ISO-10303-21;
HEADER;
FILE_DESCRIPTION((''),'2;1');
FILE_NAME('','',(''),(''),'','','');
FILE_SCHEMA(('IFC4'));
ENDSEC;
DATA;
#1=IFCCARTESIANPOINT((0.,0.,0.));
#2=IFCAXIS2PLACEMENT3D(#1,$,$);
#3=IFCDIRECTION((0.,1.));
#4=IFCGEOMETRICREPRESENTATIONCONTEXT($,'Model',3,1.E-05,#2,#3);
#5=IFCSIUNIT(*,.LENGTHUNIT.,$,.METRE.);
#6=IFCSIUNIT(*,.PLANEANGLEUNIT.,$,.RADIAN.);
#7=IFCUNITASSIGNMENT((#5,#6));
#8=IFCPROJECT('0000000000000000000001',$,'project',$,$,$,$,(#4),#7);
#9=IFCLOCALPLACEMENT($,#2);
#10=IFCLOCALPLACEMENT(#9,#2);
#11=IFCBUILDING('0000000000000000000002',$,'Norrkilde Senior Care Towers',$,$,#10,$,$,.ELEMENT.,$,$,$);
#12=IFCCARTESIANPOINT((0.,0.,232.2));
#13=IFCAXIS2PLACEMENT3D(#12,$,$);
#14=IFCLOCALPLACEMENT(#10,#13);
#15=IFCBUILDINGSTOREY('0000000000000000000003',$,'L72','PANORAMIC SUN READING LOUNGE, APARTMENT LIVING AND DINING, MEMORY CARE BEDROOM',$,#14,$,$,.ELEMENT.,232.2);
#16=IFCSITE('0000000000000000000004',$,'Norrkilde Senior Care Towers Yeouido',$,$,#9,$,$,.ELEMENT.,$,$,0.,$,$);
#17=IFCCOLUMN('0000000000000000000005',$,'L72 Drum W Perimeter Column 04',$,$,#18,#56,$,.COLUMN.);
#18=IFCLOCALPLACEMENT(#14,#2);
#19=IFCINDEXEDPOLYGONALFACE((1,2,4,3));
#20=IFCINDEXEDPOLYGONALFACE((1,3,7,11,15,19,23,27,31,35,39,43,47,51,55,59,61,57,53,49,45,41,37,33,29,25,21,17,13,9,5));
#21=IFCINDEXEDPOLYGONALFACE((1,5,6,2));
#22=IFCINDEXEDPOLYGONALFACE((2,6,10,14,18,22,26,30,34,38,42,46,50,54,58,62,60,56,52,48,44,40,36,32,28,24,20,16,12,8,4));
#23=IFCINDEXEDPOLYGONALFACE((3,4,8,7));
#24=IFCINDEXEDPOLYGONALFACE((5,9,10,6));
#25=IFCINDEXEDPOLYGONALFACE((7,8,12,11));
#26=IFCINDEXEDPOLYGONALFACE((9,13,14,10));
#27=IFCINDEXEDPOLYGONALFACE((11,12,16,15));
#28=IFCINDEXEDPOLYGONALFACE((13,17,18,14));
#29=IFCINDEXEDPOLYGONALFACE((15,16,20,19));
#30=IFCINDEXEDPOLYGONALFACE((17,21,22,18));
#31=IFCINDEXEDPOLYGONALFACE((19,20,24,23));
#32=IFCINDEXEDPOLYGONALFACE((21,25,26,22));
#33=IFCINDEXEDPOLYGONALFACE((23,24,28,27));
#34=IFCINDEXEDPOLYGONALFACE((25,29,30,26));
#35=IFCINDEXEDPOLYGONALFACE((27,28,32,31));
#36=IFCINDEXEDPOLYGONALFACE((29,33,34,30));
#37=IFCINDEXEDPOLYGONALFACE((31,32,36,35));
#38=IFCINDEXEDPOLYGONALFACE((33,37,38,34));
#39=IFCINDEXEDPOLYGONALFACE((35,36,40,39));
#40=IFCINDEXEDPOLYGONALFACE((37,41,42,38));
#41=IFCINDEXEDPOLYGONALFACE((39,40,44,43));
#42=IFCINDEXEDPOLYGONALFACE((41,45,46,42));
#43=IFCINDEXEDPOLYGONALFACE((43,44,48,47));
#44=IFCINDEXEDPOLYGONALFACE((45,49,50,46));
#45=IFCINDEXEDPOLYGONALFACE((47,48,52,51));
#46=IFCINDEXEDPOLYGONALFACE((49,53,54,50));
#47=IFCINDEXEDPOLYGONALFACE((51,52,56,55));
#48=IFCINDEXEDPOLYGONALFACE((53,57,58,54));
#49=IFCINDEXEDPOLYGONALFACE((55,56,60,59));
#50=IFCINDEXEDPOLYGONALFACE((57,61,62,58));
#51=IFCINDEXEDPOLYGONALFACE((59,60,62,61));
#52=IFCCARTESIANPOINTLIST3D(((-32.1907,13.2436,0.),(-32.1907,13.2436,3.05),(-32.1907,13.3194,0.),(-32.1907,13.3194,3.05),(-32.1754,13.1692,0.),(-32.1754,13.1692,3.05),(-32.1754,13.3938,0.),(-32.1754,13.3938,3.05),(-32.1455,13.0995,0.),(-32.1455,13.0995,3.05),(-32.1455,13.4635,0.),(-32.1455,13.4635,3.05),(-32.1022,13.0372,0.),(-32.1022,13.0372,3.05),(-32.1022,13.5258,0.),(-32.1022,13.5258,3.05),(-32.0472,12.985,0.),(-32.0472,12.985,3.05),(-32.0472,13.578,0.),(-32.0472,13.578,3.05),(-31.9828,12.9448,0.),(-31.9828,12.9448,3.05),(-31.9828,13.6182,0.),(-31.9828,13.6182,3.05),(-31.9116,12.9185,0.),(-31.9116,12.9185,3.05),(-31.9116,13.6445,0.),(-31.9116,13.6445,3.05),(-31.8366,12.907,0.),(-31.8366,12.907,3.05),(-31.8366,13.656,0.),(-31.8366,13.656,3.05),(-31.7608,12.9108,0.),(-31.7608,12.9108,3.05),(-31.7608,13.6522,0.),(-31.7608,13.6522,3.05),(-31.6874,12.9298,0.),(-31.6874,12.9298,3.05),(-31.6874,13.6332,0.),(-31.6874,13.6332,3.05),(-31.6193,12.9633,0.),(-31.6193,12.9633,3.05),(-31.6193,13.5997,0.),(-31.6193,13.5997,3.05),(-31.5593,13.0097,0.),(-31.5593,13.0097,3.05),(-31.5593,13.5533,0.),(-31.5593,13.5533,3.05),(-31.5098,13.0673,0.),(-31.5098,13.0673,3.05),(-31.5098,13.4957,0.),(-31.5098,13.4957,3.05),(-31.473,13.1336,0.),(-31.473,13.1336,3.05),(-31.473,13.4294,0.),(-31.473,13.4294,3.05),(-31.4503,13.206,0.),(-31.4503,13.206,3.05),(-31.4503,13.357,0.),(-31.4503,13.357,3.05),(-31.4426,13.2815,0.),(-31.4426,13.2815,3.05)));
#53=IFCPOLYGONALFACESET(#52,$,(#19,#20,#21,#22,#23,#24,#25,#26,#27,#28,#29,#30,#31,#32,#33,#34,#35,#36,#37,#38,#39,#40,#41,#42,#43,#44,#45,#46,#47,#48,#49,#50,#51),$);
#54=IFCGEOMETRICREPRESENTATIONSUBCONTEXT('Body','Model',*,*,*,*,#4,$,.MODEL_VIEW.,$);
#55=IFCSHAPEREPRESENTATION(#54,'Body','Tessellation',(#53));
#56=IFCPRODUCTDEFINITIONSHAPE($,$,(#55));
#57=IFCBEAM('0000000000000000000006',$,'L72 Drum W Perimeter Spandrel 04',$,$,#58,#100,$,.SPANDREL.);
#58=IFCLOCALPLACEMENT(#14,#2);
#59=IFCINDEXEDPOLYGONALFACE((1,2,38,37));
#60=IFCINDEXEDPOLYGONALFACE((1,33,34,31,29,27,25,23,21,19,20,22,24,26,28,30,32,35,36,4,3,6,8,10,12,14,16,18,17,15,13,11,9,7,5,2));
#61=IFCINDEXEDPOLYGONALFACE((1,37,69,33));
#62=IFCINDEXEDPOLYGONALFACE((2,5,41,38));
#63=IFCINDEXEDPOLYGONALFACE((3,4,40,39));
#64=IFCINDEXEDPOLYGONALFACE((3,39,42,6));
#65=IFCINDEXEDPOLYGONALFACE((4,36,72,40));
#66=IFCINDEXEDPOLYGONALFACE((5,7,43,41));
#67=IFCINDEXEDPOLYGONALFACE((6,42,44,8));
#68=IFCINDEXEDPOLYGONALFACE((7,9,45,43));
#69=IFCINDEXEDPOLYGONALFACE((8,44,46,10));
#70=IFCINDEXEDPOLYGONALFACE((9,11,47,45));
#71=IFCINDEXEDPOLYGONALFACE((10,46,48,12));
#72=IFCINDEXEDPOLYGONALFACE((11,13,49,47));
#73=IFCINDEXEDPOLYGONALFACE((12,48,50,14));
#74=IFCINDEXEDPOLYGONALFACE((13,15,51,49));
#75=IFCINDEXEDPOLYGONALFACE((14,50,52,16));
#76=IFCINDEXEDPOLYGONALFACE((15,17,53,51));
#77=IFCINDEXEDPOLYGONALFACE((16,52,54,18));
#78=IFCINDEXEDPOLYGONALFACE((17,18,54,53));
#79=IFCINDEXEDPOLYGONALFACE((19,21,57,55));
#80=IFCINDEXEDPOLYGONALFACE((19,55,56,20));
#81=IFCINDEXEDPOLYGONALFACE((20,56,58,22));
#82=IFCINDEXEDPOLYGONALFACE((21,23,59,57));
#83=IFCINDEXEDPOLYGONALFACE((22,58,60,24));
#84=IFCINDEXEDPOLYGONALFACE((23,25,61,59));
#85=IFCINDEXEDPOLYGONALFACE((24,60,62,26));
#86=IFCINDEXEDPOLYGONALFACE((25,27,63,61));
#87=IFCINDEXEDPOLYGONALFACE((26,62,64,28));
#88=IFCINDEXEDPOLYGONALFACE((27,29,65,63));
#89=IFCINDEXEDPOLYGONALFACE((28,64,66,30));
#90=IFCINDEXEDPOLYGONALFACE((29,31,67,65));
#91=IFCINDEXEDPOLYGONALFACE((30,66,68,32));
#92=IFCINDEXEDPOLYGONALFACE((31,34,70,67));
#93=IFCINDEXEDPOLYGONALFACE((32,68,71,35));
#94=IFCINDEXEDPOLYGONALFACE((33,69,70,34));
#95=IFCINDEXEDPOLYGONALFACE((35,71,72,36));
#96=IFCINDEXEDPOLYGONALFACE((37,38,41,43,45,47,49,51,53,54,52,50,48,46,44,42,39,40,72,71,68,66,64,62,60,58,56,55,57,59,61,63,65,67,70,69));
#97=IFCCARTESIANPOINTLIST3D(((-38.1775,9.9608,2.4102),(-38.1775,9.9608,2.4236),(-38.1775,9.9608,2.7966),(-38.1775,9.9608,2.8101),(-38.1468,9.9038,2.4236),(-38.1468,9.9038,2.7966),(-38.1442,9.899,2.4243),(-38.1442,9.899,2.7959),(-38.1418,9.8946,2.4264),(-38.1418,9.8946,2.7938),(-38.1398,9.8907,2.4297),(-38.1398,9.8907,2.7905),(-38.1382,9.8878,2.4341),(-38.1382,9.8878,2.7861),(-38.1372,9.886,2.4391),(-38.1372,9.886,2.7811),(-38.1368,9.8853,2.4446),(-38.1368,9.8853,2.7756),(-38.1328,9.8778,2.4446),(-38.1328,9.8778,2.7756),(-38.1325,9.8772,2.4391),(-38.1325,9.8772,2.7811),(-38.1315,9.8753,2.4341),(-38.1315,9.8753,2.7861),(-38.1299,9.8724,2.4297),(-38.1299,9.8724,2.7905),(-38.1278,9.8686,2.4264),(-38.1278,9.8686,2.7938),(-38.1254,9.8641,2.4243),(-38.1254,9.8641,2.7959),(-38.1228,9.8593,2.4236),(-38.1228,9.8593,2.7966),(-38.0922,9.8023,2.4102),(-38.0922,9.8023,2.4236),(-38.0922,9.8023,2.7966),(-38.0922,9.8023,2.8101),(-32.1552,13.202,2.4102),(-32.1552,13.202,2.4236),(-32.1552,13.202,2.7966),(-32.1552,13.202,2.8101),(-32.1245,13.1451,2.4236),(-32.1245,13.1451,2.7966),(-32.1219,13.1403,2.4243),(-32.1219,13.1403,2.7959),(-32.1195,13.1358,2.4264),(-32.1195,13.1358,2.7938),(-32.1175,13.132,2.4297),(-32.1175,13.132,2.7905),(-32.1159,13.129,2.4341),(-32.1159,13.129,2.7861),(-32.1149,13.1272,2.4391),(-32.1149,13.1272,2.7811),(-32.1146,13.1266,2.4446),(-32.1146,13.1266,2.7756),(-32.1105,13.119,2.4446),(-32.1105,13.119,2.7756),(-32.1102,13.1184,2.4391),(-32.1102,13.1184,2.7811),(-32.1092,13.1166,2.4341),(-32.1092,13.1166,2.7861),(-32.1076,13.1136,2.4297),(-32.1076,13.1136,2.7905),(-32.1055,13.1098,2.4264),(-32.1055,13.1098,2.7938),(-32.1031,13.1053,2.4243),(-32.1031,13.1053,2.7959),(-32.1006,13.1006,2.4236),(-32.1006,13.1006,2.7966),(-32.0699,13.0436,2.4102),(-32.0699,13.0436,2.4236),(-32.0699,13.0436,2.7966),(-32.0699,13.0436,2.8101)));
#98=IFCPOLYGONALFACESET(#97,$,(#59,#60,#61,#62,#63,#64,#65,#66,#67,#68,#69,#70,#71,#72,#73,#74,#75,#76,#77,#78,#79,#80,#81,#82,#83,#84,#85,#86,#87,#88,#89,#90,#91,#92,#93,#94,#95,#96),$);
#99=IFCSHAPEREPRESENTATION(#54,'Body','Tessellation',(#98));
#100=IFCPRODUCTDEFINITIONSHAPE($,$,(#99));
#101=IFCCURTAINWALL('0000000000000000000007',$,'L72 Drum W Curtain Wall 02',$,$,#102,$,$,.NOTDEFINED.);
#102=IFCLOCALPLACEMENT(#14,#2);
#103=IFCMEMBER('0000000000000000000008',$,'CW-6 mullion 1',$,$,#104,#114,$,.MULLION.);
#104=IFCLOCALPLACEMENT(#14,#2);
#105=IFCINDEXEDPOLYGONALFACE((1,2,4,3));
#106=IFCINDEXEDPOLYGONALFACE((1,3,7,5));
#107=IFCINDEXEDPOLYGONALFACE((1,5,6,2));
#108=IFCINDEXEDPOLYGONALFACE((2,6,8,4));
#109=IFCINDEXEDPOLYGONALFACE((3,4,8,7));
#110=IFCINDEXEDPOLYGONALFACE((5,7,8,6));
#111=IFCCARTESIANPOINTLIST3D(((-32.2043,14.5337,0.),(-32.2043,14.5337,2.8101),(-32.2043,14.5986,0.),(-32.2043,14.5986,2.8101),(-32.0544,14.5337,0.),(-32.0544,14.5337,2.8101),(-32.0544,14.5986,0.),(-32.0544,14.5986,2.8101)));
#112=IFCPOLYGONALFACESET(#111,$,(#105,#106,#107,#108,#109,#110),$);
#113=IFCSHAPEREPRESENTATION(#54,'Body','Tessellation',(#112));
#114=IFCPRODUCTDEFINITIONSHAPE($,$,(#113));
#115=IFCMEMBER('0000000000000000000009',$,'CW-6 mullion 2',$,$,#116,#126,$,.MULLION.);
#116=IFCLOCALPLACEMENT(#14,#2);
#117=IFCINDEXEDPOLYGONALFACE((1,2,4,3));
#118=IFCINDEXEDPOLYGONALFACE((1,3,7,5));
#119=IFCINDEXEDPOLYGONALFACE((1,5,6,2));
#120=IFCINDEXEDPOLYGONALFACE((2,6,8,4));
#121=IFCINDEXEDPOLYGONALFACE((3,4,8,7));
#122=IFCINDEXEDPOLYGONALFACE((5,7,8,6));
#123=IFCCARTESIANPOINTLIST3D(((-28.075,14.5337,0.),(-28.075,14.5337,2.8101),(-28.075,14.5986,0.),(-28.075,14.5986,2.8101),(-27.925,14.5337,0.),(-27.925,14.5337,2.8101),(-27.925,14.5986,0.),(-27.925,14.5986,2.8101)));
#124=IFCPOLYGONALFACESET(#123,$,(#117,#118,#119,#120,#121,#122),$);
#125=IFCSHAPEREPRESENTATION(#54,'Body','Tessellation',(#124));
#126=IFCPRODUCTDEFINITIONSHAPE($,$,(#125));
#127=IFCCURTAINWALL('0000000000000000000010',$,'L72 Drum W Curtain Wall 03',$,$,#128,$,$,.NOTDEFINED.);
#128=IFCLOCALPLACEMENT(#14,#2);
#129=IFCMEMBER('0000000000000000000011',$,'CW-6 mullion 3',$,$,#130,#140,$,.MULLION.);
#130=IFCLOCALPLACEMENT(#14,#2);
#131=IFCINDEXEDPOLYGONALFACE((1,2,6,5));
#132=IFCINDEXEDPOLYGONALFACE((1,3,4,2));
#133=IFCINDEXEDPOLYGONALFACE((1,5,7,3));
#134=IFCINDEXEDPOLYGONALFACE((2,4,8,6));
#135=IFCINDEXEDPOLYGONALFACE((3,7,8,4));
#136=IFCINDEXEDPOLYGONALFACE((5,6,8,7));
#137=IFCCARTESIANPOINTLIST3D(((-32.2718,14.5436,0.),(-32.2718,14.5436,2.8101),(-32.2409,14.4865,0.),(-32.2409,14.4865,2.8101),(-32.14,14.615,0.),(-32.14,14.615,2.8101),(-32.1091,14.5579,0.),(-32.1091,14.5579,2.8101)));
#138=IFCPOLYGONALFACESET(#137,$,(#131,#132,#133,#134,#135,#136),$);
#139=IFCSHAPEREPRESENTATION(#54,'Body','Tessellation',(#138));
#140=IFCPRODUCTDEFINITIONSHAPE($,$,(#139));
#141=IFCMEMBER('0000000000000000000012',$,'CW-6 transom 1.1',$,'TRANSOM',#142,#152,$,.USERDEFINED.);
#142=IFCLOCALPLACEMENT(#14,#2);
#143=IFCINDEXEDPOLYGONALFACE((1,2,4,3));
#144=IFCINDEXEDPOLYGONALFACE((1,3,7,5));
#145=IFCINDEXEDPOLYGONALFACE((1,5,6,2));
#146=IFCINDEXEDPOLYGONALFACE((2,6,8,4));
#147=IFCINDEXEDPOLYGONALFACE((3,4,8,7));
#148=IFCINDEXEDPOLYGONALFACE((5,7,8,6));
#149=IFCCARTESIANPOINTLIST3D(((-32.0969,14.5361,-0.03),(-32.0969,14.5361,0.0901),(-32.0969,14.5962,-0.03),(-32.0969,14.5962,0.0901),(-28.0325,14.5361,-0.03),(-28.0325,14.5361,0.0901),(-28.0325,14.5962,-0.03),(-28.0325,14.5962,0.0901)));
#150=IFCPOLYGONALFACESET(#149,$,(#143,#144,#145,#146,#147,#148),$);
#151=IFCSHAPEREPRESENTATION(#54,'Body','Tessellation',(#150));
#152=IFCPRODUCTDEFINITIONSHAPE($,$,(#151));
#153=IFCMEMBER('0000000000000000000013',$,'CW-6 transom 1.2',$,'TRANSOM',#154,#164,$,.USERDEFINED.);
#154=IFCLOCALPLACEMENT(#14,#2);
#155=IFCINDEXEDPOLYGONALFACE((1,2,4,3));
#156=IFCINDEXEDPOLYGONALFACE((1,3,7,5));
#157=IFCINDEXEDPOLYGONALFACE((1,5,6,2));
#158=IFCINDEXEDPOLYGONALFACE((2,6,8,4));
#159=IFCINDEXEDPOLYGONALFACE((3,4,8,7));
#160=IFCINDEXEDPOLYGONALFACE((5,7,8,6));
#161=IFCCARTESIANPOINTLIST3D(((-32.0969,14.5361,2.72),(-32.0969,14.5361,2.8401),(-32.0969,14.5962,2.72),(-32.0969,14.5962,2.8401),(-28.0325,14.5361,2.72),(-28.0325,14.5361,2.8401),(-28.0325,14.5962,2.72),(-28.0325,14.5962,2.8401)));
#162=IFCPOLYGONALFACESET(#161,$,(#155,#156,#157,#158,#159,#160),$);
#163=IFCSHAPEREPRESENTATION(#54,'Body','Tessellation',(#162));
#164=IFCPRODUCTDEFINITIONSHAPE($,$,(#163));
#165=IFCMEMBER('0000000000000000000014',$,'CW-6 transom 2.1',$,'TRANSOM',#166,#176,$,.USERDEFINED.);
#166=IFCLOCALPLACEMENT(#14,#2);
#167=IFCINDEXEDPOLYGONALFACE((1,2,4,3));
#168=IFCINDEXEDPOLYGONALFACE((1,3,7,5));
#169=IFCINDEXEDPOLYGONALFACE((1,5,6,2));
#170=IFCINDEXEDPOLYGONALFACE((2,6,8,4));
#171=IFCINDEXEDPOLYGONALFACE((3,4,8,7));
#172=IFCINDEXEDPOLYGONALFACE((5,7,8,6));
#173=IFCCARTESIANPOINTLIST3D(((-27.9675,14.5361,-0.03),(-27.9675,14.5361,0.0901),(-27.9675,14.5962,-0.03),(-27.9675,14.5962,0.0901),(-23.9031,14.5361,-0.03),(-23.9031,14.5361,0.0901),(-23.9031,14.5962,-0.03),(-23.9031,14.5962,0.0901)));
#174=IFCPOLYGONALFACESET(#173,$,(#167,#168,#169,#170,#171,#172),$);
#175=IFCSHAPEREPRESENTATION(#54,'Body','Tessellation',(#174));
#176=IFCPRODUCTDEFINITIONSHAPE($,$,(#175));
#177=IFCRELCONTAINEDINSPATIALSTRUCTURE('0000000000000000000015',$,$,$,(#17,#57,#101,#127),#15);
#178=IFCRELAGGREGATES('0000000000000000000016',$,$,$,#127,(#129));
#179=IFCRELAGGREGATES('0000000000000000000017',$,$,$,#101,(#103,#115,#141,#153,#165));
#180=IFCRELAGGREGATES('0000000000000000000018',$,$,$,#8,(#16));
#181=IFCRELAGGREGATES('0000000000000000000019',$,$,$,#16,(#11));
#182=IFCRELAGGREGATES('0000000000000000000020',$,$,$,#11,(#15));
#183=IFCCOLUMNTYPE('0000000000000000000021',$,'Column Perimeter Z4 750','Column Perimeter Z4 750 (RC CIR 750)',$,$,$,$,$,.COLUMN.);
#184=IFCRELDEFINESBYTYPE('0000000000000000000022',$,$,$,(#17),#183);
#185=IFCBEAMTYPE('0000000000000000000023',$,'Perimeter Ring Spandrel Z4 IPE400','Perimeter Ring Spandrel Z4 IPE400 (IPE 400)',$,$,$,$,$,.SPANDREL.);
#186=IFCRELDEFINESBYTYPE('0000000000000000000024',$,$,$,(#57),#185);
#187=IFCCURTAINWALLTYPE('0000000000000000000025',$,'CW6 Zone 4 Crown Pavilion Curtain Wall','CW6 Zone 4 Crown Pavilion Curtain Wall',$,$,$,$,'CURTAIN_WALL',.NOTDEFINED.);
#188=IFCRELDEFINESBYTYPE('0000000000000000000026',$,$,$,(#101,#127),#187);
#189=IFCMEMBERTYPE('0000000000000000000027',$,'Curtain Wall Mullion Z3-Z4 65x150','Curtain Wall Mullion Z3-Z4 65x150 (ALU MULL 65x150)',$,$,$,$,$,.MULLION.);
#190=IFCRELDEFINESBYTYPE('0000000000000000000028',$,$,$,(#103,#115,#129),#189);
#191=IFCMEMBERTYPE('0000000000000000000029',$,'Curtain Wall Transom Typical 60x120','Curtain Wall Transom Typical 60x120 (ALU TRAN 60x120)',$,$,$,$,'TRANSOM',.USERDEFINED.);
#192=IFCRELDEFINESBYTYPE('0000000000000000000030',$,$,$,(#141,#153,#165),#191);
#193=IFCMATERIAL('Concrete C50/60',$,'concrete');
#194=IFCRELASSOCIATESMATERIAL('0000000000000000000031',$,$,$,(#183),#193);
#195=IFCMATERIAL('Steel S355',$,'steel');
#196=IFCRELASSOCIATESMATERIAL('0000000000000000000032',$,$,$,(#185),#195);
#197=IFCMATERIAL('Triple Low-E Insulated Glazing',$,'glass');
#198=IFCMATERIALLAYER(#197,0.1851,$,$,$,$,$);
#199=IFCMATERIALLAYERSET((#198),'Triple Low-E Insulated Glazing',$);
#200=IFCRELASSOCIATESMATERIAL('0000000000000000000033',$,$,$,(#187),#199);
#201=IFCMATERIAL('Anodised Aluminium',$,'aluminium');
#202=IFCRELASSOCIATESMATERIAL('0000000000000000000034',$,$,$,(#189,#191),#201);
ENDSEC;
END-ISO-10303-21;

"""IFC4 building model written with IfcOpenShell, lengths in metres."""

from ifc_helpers import new_model, si_unit, direction, frame, origin, origin_2d, place, context, subcontext, project, spatial, rectangle, circle, i_section, extrude, source, transform, mapped, material, layer, layer_set, material_profile, profile_set, type_object, type_shapes, element, aggregate, save


model = new_model("IFC4")

# Units and contexts
model_context = context("Model", 3, precision=1e-05, world=origin(), true_north=direction((0.0, 1.0)))
body_context = subcontext(model_context, "Body", "Model", "MODEL_VIEW")
ifc_project = project(units=[si_unit("LENGTHUNIT", "METRE"), si_unit("PLANEANGLEUNIT", "RADIAN")], contexts=[model_context])

# Site, building, storey
site_placement = place(None, origin())
site = spatial("IfcSite", under=ifc_project, at=site_placement, Name="Norrkilde Senior Care Towers Yeouido", CompositionType="ELEMENT", RefElevation=0.0)
building_placement = place(site_placement, origin())
building = spatial("IfcBuilding", under=site, at=building_placement, Name="Norrkilde Senior Care Towers", CompositionType="ELEMENT")
storey_placement = place(building_placement, frame((0.0, 0.0, 232.2)))
storey = spatial("IfcBuildingStorey", under=building, at=storey_placement, Name="L72", Description="PANORAMIC SUN READING LOUNGE, APARTMENT LIVING AND DINING, MEMORY CARE BEDROOM", CompositionType="ELEMENT", Elevation=232.2)

# Column
ifc_material_1 = material(Name="Concrete C50/60", Category="concrete")
ifc_material_profile_1 = material_profile(ifc_material_1, circle(Radius=0.375, at=origin_2d()), Name="RC CIR 750")
ifc_profile_set_1 = profile_set([ifc_material_profile_1], Name="Concrete C50/60")
column_type = type_object("IfcColumnType", Name="Column Perimeter Z4 750", Description="Column Perimeter Z4 750 (RC CIR 750)", PredefinedType="COLUMN", material=ifc_profile_set_1)
shared_shape_1 = source(origin(), body_context, "Body", "SweptSolid", [
    extrude(circle(Radius=0.375, at=origin_2d()), origin(), (0.0, 0.0, 1.0), 3.05),
])
type_shapes(column_type, [shared_shape_1])
column_placement = place(storey_placement, frame((-31.8176, 13.2815, 0.0), z_axis=(0.0, 0.0, 1.0), x_axis=(1.0, 0.0, 0.0)))
element("IfcColumn", 1, at=column_placement, inside=storey, type_object=column_type, Name="L72 Drum W Perimeter Column 04", PredefinedType="COLUMN", context=body_context, shape_type="MappedRepresentation", body=[
    mapped(shared_shape_1, transform((0.0, 0.0, 0.0), x_axis=(1.0, 0.0, 0.0), y_axis=(0.0, 1.0, 0.0), z_axis=(0.0, 0.0, 1.0), scale=1.0)),
])

# Beam
ifc_material_2 = material(Name="Steel S355", Category="steel")
ifc_material_profile_2 = material_profile(ifc_material_2, i_section(OverallWidth=0.1799, OverallDepth=0.3999, WebThickness=0.0085, FlangeThickness=0.0134, FilletRadius=0.021, at=origin_2d()), Name="IPE 400")
ifc_profile_set_2 = profile_set([ifc_material_profile_2], Name="Steel S355")
beam_type = type_object("IfcBeamType", Name="Perimeter Ring Spandrel Z4 IPE400", Description="Perimeter Ring Spandrel Z4 IPE400 (IPE 400)", PredefinedType="SPANDREL", material=ifc_profile_set_2)
shared_shape_2 = source(origin(), body_context, "Body", "SweptSolid", [
    extrude(i_section(OverallWidth=0.1799, OverallDepth=0.3999, WebThickness=0.0085, FlangeThickness=0.0134, FilletRadius=0.021, at=origin_2d()), origin(), (0.0, 0.0, 1.0), 6.8391),
])
type_shapes(beam_type, [shared_shape_2])
beam_placement = place(storey_placement, frame((-32.1125, 13.1228, 2.6101), z_axis=(-0.880564, -0.473927, 0.0), x_axis=(0.473927, -0.880564, 0.0)))
element("IfcBeam", 2, at=beam_placement, inside=storey, type_object=beam_type, Name="L72 Drum W Perimeter Spandrel 04", PredefinedType="SPANDREL", context=body_context, shape_type="MappedRepresentation", body=[
    mapped(shared_shape_2, transform((0.0, 0.0, 0.0), x_axis=(1.0, 0.0, 0.0), y_axis=(0.0, 1.0, 0.0), z_axis=(0.0, 0.0, 1.0), scale=1.0)),
])

# Curtain wall, members
ifc_material_3 = material(Name="Triple Low-E Insulated Glazing", Category="glass")
ifc_layer_1 = layer(ifc_material_3, 0.1851)
ifc_layer_set_1 = layer_set([ifc_layer_1], Name="Triple Low-E Insulated Glazing")
curtain_wall_type = type_object("IfcCurtainWallType", Name="CW6 Zone 4 Crown Pavilion Curtain Wall", Description="CW6 Zone 4 Crown Pavilion Curtain Wall", ElementType="CURTAIN_WALL", PredefinedType="NOTDEFINED", material=ifc_layer_set_1)
curtain_wall_1_placement = place(storey_placement, origin())
curtain_wall_1 = element("IfcCurtainWall", 3, at=curtain_wall_1_placement, inside=storey, type_object=curtain_wall_type, Name="L72 Drum W Curtain Wall 02", PredefinedType="NOTDEFINED")
ifc_material_4 = material(Name="Anodised Aluminium", Category="aluminium")
ifc_material_profile_3 = material_profile(ifc_material_4, rectangle(XDim=0.0649, YDim=0.1499, at=origin_2d()), Name="ALU MULL 65x150")
ifc_profile_set_3 = profile_set([ifc_material_profile_3], Name="Anodised Aluminium")
member_type_1 = type_object("IfcMemberType", Name="Curtain Wall Mullion Z3-Z4 65x150", Description="Curtain Wall Mullion Z3-Z4 65x150 (ALU MULL 65x150)", PredefinedType="MULLION", material=ifc_profile_set_3)
shared_shape_3 = source(origin(), body_context, "Body", "SweptSolid", [
    extrude(rectangle(XDim=0.0649, YDim=0.1499, at=origin_2d()), origin(), (0.0, 0.0, 1.0), 2.8101),
])
type_shapes(member_type_1, [shared_shape_3])
member_1_placement = place(storey_placement, frame((-32.1294, 14.5662, 0.0), z_axis=(0.0, 0.0, 1.0), x_axis=(0.0, 1.0, 0.0)))
member_1 = element("IfcMember", 4, at=member_1_placement, type_object=member_type_1, Name="CW-6 mullion 1", PredefinedType="MULLION", context=body_context, shape_type="MappedRepresentation", body=[
    mapped(shared_shape_3, transform((0.0, 0.0, 0.0), x_axis=(1.0, 0.0, 0.0), y_axis=(0.0, 1.0, 0.0), z_axis=(0.0, 0.0, 1.0), scale=1.0)),
])
member_2_placement = place(storey_placement, frame((-28.0, 14.5662, 0.0), z_axis=(0.0, 0.0, 1.0), x_axis=(0.0, 1.0, 0.0)))
member_2 = element("IfcMember", 5, at=member_2_placement, type_object=member_type_1, Name="CW-6 mullion 2", PredefinedType="MULLION", context=body_context, shape_type="MappedRepresentation", body=[
    mapped(shared_shape_3, transform((0.0, 0.0, 0.0), x_axis=(1.0, 0.0, 0.0), y_axis=(0.0, 1.0, 0.0), z_axis=(0.0, 0.0, 1.0), scale=1.0)),
])

# Curtain wall, member
curtain_wall_2_placement = place(storey_placement, origin())
curtain_wall_2 = element("IfcCurtainWall", 6, at=curtain_wall_2_placement, inside=storey, type_object=curtain_wall_type, Name="L72 Drum W Curtain Wall 03", PredefinedType="NOTDEFINED")
member_3_placement = place(storey_placement, frame((-32.1904, 14.5508, 0.0), z_axis=(0.0, 0.0, 1.0), x_axis=(-0.476133, 0.879373, 0.0)))
member_3 = element("IfcMember", 7, at=member_3_placement, type_object=member_type_1, Name="CW-6 mullion 3", PredefinedType="MULLION", context=body_context, shape_type="MappedRepresentation", body=[
    mapped(shared_shape_3, transform((0.0, 0.0, 0.0), x_axis=(1.0, 0.0, 0.0), y_axis=(0.0, 1.0, 0.0), z_axis=(0.0, 0.0, 1.0), scale=1.0)),
])

# Members
ifc_material_profile_4 = material_profile(ifc_material_4, rectangle(XDim=0.0601, YDim=0.1201, at=origin_2d()), Name="ALU TRAN 60x120")
ifc_profile_set_4 = profile_set([ifc_material_profile_4], Name="Anodised Aluminium")
member_type_2 = type_object("IfcMemberType", Name="Curtain Wall Transom Typical 60x120", Description="Curtain Wall Transom Typical 60x120 (ALU TRAN 60x120)", ElementType="TRANSOM", PredefinedType="USERDEFINED", material=ifc_profile_set_4)
shared_shape_4 = source(origin(), body_context, "Body", "SweptSolid", [
    extrude(rectangle(XDim=0.0601, YDim=0.1201, at=origin_2d()), origin(), (0.0, 0.0, 1.0), 4.0645),
])
type_shapes(member_type_2, [shared_shape_4])
member_4_placement = place(storey_placement, frame((-32.0969, 14.5662, 0.03), z_axis=(1.0, 0.0, 0.0), x_axis=(0.0, 1.0, 0.0)))
member_4 = element("IfcMember", 8, at=member_4_placement, type_object=member_type_2, Name="CW-6 transom 1.1", ObjectType="TRANSOM", PredefinedType="USERDEFINED", context=body_context, shape_type="MappedRepresentation", body=[
    mapped(shared_shape_4, transform((0.0, 0.0, 0.0), x_axis=(1.0, 0.0, 0.0), y_axis=(0.0, 1.0, 0.0), z_axis=(0.0, 0.0, 1.0), scale=1.0)),
])
member_5_placement = place(storey_placement, frame((-32.0969, 14.5662, 2.78), z_axis=(1.0, 0.0, 0.0), x_axis=(0.0, 1.0, 0.0)))
member_5 = element("IfcMember", 9, at=member_5_placement, type_object=member_type_2, Name="CW-6 transom 1.2", ObjectType="TRANSOM", PredefinedType="USERDEFINED", context=body_context, shape_type="MappedRepresentation", body=[
    mapped(shared_shape_4, transform((0.0, 0.0, 0.0), x_axis=(1.0, 0.0, 0.0), y_axis=(0.0, 1.0, 0.0), z_axis=(0.0, 0.0, 1.0), scale=1.0)),
])
member_6_placement = place(storey_placement, frame((-27.9675, 14.5662, 0.03), z_axis=(1.0, 0.0, 0.0), x_axis=(0.0, 1.0, 0.0)))
member_6 = element("IfcMember", 10, at=member_6_placement, type_object=member_type_2, Name="CW-6 transom 2.1", ObjectType="TRANSOM", PredefinedType="USERDEFINED", context=body_context, shape_type="MappedRepresentation", body=[
    mapped(shared_shape_4, transform((0.0, 0.0, 0.0), x_axis=(1.0, 0.0, 0.0), y_axis=(0.0, 1.0, 0.0), z_axis=(0.0, 0.0, 1.0), scale=1.0)),
])

aggregate(curtain_wall_2, [member_3])
aggregate(curtain_wall_1, [member_1, member_2, member_4, member_5, member_6])

save(model, "model.ifc")
